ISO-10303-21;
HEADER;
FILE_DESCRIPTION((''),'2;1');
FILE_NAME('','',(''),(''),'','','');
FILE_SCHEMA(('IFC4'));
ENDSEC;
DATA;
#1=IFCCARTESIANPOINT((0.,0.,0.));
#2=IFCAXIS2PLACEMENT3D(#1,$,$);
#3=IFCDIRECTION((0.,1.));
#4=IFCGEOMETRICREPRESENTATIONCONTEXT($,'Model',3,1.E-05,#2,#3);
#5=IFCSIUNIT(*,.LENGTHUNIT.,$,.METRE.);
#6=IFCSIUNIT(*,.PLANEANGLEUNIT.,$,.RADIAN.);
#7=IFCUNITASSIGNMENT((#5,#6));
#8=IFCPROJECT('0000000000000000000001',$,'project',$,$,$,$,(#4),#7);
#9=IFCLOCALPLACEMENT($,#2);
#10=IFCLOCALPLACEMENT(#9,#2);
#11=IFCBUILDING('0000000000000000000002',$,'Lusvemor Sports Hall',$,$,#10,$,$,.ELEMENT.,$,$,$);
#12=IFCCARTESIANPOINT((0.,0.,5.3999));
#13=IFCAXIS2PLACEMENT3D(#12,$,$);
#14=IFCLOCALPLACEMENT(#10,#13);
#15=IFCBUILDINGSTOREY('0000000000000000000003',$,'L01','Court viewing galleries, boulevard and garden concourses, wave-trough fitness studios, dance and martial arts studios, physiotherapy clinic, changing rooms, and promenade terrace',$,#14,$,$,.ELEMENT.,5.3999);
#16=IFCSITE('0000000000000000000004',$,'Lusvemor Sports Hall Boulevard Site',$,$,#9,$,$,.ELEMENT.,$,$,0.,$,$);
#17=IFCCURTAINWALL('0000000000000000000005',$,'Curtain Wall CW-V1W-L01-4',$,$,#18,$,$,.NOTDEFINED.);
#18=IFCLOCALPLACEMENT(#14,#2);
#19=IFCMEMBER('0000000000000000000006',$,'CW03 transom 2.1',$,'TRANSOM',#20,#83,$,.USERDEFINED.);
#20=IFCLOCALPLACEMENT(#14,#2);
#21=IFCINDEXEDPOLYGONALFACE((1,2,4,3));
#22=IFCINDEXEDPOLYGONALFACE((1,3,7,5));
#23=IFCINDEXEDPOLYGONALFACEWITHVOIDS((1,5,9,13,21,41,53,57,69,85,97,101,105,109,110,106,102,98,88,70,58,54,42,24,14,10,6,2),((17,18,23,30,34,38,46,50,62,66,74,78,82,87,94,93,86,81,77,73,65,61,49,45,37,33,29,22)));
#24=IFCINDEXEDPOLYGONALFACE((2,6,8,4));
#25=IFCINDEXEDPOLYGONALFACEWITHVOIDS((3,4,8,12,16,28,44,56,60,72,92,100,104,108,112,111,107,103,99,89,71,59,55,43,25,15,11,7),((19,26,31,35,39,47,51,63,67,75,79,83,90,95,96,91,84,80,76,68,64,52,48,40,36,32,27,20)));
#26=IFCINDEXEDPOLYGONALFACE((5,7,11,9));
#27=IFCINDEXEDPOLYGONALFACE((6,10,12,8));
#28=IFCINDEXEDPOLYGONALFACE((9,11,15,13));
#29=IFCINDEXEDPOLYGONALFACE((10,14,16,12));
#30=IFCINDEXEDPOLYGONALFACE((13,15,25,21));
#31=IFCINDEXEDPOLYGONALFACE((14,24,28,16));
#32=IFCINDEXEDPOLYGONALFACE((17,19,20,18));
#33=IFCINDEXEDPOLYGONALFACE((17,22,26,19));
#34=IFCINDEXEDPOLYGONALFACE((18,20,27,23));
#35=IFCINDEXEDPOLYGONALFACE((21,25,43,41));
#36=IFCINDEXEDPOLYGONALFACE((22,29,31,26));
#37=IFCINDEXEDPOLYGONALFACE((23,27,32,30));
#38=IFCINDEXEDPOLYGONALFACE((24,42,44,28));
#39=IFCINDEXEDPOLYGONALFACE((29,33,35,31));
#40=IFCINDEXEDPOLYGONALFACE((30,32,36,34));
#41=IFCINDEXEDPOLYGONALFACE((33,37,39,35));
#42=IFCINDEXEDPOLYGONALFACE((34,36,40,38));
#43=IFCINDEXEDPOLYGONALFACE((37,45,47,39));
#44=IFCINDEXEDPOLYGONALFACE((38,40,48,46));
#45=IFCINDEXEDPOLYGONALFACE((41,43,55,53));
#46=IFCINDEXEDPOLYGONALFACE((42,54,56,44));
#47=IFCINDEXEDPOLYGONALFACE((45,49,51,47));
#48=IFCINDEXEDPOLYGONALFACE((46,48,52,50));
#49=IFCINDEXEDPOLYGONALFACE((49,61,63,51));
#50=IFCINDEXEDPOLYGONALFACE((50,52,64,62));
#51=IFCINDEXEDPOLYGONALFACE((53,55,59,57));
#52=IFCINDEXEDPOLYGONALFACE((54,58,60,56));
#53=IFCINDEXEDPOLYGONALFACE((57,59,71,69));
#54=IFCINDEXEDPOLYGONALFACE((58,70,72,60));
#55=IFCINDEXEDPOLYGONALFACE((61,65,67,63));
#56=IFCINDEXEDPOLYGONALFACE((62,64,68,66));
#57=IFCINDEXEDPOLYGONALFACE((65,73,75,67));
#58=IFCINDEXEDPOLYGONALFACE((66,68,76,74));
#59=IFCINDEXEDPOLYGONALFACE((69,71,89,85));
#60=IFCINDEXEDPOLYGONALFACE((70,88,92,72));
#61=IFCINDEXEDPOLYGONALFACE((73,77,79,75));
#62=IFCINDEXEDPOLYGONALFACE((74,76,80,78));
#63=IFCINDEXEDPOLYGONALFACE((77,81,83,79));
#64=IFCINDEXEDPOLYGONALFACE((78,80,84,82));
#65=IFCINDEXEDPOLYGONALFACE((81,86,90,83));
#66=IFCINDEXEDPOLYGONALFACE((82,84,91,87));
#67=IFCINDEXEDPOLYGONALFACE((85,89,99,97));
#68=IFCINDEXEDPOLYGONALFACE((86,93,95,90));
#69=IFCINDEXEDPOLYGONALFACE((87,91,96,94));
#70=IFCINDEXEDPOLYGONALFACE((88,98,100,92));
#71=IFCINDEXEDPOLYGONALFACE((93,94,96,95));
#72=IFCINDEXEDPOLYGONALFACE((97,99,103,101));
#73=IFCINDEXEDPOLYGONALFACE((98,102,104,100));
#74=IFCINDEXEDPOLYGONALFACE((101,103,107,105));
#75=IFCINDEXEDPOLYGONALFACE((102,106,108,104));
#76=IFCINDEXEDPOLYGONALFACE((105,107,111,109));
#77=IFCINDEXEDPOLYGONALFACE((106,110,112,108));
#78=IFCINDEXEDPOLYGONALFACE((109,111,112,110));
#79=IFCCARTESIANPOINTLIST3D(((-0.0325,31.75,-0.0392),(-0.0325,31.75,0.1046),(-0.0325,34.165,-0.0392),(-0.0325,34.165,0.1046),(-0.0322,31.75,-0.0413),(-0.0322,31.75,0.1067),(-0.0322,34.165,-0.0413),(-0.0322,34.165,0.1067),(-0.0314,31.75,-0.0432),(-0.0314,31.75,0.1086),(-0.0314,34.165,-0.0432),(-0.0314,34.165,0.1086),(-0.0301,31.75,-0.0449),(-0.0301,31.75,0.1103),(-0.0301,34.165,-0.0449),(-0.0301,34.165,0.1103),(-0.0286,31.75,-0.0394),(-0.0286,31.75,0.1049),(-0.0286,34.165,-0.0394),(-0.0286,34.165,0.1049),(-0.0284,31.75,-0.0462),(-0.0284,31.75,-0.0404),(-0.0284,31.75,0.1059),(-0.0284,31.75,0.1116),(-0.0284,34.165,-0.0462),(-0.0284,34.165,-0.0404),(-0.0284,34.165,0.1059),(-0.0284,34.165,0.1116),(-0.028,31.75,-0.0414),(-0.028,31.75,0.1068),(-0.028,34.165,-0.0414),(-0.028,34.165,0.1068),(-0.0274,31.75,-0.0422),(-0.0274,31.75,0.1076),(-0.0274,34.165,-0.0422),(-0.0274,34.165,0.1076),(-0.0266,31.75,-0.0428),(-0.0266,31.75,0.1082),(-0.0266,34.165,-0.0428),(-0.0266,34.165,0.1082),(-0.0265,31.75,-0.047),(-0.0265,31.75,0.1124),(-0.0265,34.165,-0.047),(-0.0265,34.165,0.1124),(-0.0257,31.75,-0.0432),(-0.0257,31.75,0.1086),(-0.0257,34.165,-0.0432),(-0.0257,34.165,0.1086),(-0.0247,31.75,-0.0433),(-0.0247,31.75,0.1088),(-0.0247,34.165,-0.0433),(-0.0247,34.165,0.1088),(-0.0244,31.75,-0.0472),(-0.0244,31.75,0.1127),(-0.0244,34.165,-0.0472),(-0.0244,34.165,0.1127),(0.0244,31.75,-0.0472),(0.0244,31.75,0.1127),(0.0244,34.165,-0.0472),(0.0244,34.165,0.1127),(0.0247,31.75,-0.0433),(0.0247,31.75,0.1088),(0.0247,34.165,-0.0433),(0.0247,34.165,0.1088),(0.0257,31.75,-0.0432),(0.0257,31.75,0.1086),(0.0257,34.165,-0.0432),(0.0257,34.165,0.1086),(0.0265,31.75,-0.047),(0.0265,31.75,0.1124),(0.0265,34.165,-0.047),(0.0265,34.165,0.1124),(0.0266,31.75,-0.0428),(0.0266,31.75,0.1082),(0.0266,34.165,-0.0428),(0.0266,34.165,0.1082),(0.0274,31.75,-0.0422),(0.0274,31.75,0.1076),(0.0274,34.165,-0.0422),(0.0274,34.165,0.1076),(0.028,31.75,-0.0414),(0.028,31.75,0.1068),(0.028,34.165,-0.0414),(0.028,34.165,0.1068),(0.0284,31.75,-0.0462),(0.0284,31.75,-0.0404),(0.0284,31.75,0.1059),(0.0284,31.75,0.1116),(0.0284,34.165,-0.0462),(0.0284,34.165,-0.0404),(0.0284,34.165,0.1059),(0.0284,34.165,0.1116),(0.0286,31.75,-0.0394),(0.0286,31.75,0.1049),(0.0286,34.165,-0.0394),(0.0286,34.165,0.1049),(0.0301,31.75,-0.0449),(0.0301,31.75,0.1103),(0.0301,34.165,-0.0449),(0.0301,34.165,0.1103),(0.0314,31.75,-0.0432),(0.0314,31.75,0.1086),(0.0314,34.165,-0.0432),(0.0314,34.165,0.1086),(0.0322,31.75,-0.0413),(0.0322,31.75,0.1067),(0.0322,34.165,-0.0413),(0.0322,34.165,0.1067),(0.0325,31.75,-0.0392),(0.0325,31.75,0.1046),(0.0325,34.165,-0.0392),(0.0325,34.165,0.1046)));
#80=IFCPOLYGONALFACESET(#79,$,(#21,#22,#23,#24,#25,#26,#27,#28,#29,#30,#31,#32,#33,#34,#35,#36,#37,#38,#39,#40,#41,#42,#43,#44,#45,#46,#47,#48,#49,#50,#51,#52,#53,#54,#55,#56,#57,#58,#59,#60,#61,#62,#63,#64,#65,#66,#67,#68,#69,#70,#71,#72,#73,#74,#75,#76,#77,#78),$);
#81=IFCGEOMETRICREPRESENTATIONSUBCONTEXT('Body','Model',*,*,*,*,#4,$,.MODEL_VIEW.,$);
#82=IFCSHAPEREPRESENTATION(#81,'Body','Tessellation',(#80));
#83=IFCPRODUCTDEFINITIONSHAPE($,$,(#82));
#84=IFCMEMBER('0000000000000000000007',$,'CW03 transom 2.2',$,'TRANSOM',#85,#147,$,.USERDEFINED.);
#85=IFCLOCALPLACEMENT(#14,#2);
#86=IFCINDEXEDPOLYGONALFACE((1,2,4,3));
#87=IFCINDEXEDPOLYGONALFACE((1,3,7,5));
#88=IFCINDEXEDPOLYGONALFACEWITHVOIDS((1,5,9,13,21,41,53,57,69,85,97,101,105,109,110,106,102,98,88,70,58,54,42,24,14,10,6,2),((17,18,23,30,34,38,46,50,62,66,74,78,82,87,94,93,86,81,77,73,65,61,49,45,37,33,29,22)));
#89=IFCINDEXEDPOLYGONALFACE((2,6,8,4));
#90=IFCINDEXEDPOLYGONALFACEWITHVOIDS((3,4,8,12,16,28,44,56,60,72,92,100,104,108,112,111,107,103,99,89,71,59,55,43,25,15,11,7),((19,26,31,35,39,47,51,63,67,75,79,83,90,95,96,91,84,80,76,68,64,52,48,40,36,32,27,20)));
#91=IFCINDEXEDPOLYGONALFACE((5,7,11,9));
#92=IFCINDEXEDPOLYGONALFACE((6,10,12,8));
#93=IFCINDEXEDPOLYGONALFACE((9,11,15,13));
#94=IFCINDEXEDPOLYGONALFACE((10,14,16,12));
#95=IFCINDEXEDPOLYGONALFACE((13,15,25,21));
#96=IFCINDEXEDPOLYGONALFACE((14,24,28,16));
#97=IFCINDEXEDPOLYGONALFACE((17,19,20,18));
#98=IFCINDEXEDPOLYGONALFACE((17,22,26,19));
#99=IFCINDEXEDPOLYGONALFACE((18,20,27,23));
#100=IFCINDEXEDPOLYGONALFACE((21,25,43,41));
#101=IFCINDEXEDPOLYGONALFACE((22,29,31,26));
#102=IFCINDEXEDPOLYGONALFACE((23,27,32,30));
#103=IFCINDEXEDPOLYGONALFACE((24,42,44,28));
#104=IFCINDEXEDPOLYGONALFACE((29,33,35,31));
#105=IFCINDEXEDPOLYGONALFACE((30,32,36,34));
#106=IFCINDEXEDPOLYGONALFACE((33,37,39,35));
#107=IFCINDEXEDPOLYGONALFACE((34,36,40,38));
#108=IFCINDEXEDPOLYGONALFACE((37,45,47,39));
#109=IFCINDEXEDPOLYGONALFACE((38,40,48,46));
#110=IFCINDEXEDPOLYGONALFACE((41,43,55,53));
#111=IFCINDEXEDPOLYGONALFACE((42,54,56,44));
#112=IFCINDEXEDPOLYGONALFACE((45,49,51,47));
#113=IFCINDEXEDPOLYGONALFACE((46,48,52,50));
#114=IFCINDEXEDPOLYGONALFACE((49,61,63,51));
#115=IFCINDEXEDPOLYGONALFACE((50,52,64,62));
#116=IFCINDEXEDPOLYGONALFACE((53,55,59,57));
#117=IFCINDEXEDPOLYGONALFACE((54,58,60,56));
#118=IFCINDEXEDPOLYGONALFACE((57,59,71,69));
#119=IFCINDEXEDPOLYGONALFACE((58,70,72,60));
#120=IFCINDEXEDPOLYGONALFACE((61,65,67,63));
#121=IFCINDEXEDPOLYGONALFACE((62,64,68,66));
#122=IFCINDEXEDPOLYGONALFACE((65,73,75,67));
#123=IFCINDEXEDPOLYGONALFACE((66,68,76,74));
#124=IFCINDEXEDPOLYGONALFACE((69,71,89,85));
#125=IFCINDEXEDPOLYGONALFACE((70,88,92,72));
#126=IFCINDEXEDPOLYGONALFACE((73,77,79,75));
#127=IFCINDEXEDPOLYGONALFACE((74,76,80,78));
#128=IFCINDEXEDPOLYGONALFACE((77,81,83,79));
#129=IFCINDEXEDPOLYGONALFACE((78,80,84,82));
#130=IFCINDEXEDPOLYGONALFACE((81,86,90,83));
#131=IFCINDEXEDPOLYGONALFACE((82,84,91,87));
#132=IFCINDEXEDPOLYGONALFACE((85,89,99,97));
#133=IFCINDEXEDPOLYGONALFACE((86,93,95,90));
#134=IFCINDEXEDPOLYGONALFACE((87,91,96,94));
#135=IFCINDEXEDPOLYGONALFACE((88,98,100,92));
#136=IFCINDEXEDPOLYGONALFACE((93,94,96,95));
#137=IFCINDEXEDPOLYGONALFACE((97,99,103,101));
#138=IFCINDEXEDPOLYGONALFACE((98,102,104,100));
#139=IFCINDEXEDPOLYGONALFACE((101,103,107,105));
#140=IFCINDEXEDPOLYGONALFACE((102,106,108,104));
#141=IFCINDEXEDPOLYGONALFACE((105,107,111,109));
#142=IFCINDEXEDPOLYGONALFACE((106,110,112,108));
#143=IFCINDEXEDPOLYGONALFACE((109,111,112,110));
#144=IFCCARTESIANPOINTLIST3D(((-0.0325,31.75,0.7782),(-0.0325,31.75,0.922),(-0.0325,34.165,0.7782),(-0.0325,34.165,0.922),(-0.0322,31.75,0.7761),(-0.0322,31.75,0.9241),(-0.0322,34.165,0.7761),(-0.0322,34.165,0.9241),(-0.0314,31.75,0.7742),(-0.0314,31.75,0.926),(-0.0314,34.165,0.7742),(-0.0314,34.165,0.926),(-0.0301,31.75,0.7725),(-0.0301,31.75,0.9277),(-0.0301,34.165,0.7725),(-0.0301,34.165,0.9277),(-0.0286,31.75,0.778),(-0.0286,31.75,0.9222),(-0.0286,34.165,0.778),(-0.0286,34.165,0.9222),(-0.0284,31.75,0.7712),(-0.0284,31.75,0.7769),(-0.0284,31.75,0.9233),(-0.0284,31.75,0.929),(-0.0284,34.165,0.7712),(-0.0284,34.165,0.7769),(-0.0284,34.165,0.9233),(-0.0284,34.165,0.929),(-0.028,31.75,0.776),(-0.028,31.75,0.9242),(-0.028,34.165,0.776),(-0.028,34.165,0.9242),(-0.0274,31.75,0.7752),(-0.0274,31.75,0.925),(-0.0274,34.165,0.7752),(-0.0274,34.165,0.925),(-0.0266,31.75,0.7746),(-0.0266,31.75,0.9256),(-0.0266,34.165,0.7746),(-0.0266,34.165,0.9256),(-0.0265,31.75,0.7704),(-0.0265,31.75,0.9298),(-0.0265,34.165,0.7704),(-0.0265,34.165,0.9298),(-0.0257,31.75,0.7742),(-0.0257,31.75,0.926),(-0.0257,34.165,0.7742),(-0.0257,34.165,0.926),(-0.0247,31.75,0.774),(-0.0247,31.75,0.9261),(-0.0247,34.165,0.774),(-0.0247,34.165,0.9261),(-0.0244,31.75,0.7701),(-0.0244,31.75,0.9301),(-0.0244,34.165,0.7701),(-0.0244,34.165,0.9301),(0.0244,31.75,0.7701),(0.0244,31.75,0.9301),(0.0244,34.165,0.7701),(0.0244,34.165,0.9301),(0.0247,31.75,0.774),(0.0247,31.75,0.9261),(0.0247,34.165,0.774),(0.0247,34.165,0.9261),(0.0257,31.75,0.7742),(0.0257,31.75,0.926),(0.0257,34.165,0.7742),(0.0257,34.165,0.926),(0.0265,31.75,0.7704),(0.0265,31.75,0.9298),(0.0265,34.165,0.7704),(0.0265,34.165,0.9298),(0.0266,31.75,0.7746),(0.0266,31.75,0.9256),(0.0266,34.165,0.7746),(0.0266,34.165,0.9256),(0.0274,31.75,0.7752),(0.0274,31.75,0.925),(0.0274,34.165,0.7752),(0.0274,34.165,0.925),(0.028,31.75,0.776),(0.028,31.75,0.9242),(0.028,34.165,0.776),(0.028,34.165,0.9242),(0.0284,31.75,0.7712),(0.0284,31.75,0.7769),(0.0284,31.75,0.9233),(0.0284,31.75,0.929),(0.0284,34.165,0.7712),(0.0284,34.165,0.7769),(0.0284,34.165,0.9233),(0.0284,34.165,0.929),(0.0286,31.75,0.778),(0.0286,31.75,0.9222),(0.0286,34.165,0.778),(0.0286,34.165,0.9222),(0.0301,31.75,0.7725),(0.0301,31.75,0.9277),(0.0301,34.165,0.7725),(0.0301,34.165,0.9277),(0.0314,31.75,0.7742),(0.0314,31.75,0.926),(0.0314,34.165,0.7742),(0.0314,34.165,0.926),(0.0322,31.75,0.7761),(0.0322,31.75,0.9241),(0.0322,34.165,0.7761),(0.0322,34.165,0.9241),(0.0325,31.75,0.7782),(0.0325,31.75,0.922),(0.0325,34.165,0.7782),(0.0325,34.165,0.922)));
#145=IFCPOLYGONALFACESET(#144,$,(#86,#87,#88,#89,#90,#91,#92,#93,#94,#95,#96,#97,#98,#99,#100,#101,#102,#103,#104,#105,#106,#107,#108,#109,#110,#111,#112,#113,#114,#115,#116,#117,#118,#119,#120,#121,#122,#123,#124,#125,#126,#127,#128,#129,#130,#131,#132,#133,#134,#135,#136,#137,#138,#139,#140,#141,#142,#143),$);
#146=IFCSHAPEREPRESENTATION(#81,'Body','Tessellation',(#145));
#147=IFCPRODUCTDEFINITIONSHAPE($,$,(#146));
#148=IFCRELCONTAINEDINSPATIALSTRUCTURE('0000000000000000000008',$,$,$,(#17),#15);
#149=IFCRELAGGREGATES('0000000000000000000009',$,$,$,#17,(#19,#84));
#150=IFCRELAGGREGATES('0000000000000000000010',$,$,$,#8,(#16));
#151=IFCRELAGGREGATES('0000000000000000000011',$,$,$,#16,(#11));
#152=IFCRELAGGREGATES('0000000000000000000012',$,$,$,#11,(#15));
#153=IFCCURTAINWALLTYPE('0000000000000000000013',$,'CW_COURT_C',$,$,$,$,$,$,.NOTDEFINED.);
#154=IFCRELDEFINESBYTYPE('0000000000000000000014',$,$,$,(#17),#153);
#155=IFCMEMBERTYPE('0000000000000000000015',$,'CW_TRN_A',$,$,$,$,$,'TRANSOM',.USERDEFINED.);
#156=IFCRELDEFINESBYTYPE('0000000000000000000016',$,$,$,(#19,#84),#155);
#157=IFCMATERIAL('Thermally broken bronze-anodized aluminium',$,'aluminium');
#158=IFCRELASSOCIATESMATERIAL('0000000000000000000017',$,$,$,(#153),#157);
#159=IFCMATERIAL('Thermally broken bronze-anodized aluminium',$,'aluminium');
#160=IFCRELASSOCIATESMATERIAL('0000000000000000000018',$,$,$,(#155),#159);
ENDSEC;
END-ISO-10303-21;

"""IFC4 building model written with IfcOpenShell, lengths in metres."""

from ifc_helpers import new_model, si_unit, direction, frame, origin, origin_2d, place, context, subcontext, project, spatial, hollow_rectangle, extrude, material, material_profile, profile_set, type_object, element, aggregate, save


model = new_model("IFC4")

# Units and contexts
model_context = context("Model", 3, precision=1e-05, world=origin(), true_north=direction((0.0, 1.0)))
body_context = subcontext(model_context, "Body", "Model", "MODEL_VIEW")
ifc_project = project(units=[si_unit("LENGTHUNIT", "METRE"), si_unit("PLANEANGLEUNIT", "RADIAN")], contexts=[model_context])

# Site, building, storey
site_placement = place(None, origin())
site = spatial("IfcSite", under=ifc_project, at=site_placement, Name="Lusvemor Sports Hall Boulevard Site", CompositionType="ELEMENT", RefElevation=0.0)
building_placement = place(site_placement, origin())
building = spatial("IfcBuilding", under=site, at=building_placement, Name="Lusvemor Sports Hall", CompositionType="ELEMENT")
storey_placement = place(building_placement, frame((0.0, 0.0, 5.3999)))
storey = spatial("IfcBuildingStorey", under=building, at=storey_placement, Name="L01", Description="Court viewing galleries, boulevard and garden concourses, wave-trough fitness studios, dance and martial arts studios, physiotherapy clinic, changing rooms, and promenade terrace", CompositionType="ELEMENT", Elevation=5.3999)

# Curtain wall
ifc_material_1 = material(Name="Thermally broken bronze-anodized aluminium", Category="aluminium")
curtain_wall_type = type_object("IfcCurtainWallType", Name="CW_COURT_C", PredefinedType="NOTDEFINED", material=ifc_material_1)
curtain_wall_1_placement = place(storey_placement, origin())
curtain_wall_1 = element("IfcCurtainWall", 1, at=curtain_wall_1_placement, inside=storey, type_object=curtain_wall_type, Name="Curtain Wall CW-V1W-L01-4", PredefinedType="NOTDEFINED")

# Members
ifc_material_2 = material(Name="Thermally broken bronze-anodized aluminium", Category="aluminium")
ifc_material_profile_1 = material_profile(ifc_material_2, hollow_rectangle(XDim=0.0649, YDim=0.1599, WallThickness=0.0039, InnerFilletRadius=0.0039, OuterFilletRadius=0.0081, at=origin_2d()), Name="CWTRN160x65x4")
ifc_profile_set_1 = profile_set([ifc_material_profile_1], Name="Thermally broken bronze-anodized aluminium")
member_type_1 = type_object("IfcMemberType", Name="CW_TRN_A", ElementType="TRANSOM", PredefinedType="USERDEFINED", material=ifc_profile_set_1)
member_1_placement = place(storey_placement, frame((0.0, 31.75, 0.0327), z_axis=(0.0, 1.0, 0.0), x_axis=(-1.0, 0.0, 0.0)))
member_1 = element("IfcMember", 2, at=member_1_placement, type_object=member_type_1, Name="CW03 transom 2.1", ObjectType="TRANSOM", PredefinedType="USERDEFINED", context=body_context, shape_type="SweptSolid", body=[
    extrude(hollow_rectangle(XDim=0.0649, YDim=0.1599, WallThickness=0.0039, InnerFilletRadius=0.0039, OuterFilletRadius=0.0081, at=origin_2d()), origin(), (0.0, 0.0, 1.0), 2.415),
])
member_2_placement = place(storey_placement, frame((0.0, 31.75, 0.8501), z_axis=(0.0, 1.0, 0.0), x_axis=(-1.0, 0.0, 0.0)))
member_2 = element("IfcMember", 3, at=member_2_placement, type_object=member_type_1, Name="CW03 transom 2.2", ObjectType="TRANSOM", PredefinedType="USERDEFINED", context=body_context, shape_type="SweptSolid", body=[
    extrude(hollow_rectangle(XDim=0.0649, YDim=0.1599, WallThickness=0.0039, InnerFilletRadius=0.0039, OuterFilletRadius=0.0081, at=origin_2d()), origin(), (0.0, 0.0, 1.0), 2.415),
])

aggregate(curtain_wall_1, [member_1, member_2])

save(model, "model.ifc")
